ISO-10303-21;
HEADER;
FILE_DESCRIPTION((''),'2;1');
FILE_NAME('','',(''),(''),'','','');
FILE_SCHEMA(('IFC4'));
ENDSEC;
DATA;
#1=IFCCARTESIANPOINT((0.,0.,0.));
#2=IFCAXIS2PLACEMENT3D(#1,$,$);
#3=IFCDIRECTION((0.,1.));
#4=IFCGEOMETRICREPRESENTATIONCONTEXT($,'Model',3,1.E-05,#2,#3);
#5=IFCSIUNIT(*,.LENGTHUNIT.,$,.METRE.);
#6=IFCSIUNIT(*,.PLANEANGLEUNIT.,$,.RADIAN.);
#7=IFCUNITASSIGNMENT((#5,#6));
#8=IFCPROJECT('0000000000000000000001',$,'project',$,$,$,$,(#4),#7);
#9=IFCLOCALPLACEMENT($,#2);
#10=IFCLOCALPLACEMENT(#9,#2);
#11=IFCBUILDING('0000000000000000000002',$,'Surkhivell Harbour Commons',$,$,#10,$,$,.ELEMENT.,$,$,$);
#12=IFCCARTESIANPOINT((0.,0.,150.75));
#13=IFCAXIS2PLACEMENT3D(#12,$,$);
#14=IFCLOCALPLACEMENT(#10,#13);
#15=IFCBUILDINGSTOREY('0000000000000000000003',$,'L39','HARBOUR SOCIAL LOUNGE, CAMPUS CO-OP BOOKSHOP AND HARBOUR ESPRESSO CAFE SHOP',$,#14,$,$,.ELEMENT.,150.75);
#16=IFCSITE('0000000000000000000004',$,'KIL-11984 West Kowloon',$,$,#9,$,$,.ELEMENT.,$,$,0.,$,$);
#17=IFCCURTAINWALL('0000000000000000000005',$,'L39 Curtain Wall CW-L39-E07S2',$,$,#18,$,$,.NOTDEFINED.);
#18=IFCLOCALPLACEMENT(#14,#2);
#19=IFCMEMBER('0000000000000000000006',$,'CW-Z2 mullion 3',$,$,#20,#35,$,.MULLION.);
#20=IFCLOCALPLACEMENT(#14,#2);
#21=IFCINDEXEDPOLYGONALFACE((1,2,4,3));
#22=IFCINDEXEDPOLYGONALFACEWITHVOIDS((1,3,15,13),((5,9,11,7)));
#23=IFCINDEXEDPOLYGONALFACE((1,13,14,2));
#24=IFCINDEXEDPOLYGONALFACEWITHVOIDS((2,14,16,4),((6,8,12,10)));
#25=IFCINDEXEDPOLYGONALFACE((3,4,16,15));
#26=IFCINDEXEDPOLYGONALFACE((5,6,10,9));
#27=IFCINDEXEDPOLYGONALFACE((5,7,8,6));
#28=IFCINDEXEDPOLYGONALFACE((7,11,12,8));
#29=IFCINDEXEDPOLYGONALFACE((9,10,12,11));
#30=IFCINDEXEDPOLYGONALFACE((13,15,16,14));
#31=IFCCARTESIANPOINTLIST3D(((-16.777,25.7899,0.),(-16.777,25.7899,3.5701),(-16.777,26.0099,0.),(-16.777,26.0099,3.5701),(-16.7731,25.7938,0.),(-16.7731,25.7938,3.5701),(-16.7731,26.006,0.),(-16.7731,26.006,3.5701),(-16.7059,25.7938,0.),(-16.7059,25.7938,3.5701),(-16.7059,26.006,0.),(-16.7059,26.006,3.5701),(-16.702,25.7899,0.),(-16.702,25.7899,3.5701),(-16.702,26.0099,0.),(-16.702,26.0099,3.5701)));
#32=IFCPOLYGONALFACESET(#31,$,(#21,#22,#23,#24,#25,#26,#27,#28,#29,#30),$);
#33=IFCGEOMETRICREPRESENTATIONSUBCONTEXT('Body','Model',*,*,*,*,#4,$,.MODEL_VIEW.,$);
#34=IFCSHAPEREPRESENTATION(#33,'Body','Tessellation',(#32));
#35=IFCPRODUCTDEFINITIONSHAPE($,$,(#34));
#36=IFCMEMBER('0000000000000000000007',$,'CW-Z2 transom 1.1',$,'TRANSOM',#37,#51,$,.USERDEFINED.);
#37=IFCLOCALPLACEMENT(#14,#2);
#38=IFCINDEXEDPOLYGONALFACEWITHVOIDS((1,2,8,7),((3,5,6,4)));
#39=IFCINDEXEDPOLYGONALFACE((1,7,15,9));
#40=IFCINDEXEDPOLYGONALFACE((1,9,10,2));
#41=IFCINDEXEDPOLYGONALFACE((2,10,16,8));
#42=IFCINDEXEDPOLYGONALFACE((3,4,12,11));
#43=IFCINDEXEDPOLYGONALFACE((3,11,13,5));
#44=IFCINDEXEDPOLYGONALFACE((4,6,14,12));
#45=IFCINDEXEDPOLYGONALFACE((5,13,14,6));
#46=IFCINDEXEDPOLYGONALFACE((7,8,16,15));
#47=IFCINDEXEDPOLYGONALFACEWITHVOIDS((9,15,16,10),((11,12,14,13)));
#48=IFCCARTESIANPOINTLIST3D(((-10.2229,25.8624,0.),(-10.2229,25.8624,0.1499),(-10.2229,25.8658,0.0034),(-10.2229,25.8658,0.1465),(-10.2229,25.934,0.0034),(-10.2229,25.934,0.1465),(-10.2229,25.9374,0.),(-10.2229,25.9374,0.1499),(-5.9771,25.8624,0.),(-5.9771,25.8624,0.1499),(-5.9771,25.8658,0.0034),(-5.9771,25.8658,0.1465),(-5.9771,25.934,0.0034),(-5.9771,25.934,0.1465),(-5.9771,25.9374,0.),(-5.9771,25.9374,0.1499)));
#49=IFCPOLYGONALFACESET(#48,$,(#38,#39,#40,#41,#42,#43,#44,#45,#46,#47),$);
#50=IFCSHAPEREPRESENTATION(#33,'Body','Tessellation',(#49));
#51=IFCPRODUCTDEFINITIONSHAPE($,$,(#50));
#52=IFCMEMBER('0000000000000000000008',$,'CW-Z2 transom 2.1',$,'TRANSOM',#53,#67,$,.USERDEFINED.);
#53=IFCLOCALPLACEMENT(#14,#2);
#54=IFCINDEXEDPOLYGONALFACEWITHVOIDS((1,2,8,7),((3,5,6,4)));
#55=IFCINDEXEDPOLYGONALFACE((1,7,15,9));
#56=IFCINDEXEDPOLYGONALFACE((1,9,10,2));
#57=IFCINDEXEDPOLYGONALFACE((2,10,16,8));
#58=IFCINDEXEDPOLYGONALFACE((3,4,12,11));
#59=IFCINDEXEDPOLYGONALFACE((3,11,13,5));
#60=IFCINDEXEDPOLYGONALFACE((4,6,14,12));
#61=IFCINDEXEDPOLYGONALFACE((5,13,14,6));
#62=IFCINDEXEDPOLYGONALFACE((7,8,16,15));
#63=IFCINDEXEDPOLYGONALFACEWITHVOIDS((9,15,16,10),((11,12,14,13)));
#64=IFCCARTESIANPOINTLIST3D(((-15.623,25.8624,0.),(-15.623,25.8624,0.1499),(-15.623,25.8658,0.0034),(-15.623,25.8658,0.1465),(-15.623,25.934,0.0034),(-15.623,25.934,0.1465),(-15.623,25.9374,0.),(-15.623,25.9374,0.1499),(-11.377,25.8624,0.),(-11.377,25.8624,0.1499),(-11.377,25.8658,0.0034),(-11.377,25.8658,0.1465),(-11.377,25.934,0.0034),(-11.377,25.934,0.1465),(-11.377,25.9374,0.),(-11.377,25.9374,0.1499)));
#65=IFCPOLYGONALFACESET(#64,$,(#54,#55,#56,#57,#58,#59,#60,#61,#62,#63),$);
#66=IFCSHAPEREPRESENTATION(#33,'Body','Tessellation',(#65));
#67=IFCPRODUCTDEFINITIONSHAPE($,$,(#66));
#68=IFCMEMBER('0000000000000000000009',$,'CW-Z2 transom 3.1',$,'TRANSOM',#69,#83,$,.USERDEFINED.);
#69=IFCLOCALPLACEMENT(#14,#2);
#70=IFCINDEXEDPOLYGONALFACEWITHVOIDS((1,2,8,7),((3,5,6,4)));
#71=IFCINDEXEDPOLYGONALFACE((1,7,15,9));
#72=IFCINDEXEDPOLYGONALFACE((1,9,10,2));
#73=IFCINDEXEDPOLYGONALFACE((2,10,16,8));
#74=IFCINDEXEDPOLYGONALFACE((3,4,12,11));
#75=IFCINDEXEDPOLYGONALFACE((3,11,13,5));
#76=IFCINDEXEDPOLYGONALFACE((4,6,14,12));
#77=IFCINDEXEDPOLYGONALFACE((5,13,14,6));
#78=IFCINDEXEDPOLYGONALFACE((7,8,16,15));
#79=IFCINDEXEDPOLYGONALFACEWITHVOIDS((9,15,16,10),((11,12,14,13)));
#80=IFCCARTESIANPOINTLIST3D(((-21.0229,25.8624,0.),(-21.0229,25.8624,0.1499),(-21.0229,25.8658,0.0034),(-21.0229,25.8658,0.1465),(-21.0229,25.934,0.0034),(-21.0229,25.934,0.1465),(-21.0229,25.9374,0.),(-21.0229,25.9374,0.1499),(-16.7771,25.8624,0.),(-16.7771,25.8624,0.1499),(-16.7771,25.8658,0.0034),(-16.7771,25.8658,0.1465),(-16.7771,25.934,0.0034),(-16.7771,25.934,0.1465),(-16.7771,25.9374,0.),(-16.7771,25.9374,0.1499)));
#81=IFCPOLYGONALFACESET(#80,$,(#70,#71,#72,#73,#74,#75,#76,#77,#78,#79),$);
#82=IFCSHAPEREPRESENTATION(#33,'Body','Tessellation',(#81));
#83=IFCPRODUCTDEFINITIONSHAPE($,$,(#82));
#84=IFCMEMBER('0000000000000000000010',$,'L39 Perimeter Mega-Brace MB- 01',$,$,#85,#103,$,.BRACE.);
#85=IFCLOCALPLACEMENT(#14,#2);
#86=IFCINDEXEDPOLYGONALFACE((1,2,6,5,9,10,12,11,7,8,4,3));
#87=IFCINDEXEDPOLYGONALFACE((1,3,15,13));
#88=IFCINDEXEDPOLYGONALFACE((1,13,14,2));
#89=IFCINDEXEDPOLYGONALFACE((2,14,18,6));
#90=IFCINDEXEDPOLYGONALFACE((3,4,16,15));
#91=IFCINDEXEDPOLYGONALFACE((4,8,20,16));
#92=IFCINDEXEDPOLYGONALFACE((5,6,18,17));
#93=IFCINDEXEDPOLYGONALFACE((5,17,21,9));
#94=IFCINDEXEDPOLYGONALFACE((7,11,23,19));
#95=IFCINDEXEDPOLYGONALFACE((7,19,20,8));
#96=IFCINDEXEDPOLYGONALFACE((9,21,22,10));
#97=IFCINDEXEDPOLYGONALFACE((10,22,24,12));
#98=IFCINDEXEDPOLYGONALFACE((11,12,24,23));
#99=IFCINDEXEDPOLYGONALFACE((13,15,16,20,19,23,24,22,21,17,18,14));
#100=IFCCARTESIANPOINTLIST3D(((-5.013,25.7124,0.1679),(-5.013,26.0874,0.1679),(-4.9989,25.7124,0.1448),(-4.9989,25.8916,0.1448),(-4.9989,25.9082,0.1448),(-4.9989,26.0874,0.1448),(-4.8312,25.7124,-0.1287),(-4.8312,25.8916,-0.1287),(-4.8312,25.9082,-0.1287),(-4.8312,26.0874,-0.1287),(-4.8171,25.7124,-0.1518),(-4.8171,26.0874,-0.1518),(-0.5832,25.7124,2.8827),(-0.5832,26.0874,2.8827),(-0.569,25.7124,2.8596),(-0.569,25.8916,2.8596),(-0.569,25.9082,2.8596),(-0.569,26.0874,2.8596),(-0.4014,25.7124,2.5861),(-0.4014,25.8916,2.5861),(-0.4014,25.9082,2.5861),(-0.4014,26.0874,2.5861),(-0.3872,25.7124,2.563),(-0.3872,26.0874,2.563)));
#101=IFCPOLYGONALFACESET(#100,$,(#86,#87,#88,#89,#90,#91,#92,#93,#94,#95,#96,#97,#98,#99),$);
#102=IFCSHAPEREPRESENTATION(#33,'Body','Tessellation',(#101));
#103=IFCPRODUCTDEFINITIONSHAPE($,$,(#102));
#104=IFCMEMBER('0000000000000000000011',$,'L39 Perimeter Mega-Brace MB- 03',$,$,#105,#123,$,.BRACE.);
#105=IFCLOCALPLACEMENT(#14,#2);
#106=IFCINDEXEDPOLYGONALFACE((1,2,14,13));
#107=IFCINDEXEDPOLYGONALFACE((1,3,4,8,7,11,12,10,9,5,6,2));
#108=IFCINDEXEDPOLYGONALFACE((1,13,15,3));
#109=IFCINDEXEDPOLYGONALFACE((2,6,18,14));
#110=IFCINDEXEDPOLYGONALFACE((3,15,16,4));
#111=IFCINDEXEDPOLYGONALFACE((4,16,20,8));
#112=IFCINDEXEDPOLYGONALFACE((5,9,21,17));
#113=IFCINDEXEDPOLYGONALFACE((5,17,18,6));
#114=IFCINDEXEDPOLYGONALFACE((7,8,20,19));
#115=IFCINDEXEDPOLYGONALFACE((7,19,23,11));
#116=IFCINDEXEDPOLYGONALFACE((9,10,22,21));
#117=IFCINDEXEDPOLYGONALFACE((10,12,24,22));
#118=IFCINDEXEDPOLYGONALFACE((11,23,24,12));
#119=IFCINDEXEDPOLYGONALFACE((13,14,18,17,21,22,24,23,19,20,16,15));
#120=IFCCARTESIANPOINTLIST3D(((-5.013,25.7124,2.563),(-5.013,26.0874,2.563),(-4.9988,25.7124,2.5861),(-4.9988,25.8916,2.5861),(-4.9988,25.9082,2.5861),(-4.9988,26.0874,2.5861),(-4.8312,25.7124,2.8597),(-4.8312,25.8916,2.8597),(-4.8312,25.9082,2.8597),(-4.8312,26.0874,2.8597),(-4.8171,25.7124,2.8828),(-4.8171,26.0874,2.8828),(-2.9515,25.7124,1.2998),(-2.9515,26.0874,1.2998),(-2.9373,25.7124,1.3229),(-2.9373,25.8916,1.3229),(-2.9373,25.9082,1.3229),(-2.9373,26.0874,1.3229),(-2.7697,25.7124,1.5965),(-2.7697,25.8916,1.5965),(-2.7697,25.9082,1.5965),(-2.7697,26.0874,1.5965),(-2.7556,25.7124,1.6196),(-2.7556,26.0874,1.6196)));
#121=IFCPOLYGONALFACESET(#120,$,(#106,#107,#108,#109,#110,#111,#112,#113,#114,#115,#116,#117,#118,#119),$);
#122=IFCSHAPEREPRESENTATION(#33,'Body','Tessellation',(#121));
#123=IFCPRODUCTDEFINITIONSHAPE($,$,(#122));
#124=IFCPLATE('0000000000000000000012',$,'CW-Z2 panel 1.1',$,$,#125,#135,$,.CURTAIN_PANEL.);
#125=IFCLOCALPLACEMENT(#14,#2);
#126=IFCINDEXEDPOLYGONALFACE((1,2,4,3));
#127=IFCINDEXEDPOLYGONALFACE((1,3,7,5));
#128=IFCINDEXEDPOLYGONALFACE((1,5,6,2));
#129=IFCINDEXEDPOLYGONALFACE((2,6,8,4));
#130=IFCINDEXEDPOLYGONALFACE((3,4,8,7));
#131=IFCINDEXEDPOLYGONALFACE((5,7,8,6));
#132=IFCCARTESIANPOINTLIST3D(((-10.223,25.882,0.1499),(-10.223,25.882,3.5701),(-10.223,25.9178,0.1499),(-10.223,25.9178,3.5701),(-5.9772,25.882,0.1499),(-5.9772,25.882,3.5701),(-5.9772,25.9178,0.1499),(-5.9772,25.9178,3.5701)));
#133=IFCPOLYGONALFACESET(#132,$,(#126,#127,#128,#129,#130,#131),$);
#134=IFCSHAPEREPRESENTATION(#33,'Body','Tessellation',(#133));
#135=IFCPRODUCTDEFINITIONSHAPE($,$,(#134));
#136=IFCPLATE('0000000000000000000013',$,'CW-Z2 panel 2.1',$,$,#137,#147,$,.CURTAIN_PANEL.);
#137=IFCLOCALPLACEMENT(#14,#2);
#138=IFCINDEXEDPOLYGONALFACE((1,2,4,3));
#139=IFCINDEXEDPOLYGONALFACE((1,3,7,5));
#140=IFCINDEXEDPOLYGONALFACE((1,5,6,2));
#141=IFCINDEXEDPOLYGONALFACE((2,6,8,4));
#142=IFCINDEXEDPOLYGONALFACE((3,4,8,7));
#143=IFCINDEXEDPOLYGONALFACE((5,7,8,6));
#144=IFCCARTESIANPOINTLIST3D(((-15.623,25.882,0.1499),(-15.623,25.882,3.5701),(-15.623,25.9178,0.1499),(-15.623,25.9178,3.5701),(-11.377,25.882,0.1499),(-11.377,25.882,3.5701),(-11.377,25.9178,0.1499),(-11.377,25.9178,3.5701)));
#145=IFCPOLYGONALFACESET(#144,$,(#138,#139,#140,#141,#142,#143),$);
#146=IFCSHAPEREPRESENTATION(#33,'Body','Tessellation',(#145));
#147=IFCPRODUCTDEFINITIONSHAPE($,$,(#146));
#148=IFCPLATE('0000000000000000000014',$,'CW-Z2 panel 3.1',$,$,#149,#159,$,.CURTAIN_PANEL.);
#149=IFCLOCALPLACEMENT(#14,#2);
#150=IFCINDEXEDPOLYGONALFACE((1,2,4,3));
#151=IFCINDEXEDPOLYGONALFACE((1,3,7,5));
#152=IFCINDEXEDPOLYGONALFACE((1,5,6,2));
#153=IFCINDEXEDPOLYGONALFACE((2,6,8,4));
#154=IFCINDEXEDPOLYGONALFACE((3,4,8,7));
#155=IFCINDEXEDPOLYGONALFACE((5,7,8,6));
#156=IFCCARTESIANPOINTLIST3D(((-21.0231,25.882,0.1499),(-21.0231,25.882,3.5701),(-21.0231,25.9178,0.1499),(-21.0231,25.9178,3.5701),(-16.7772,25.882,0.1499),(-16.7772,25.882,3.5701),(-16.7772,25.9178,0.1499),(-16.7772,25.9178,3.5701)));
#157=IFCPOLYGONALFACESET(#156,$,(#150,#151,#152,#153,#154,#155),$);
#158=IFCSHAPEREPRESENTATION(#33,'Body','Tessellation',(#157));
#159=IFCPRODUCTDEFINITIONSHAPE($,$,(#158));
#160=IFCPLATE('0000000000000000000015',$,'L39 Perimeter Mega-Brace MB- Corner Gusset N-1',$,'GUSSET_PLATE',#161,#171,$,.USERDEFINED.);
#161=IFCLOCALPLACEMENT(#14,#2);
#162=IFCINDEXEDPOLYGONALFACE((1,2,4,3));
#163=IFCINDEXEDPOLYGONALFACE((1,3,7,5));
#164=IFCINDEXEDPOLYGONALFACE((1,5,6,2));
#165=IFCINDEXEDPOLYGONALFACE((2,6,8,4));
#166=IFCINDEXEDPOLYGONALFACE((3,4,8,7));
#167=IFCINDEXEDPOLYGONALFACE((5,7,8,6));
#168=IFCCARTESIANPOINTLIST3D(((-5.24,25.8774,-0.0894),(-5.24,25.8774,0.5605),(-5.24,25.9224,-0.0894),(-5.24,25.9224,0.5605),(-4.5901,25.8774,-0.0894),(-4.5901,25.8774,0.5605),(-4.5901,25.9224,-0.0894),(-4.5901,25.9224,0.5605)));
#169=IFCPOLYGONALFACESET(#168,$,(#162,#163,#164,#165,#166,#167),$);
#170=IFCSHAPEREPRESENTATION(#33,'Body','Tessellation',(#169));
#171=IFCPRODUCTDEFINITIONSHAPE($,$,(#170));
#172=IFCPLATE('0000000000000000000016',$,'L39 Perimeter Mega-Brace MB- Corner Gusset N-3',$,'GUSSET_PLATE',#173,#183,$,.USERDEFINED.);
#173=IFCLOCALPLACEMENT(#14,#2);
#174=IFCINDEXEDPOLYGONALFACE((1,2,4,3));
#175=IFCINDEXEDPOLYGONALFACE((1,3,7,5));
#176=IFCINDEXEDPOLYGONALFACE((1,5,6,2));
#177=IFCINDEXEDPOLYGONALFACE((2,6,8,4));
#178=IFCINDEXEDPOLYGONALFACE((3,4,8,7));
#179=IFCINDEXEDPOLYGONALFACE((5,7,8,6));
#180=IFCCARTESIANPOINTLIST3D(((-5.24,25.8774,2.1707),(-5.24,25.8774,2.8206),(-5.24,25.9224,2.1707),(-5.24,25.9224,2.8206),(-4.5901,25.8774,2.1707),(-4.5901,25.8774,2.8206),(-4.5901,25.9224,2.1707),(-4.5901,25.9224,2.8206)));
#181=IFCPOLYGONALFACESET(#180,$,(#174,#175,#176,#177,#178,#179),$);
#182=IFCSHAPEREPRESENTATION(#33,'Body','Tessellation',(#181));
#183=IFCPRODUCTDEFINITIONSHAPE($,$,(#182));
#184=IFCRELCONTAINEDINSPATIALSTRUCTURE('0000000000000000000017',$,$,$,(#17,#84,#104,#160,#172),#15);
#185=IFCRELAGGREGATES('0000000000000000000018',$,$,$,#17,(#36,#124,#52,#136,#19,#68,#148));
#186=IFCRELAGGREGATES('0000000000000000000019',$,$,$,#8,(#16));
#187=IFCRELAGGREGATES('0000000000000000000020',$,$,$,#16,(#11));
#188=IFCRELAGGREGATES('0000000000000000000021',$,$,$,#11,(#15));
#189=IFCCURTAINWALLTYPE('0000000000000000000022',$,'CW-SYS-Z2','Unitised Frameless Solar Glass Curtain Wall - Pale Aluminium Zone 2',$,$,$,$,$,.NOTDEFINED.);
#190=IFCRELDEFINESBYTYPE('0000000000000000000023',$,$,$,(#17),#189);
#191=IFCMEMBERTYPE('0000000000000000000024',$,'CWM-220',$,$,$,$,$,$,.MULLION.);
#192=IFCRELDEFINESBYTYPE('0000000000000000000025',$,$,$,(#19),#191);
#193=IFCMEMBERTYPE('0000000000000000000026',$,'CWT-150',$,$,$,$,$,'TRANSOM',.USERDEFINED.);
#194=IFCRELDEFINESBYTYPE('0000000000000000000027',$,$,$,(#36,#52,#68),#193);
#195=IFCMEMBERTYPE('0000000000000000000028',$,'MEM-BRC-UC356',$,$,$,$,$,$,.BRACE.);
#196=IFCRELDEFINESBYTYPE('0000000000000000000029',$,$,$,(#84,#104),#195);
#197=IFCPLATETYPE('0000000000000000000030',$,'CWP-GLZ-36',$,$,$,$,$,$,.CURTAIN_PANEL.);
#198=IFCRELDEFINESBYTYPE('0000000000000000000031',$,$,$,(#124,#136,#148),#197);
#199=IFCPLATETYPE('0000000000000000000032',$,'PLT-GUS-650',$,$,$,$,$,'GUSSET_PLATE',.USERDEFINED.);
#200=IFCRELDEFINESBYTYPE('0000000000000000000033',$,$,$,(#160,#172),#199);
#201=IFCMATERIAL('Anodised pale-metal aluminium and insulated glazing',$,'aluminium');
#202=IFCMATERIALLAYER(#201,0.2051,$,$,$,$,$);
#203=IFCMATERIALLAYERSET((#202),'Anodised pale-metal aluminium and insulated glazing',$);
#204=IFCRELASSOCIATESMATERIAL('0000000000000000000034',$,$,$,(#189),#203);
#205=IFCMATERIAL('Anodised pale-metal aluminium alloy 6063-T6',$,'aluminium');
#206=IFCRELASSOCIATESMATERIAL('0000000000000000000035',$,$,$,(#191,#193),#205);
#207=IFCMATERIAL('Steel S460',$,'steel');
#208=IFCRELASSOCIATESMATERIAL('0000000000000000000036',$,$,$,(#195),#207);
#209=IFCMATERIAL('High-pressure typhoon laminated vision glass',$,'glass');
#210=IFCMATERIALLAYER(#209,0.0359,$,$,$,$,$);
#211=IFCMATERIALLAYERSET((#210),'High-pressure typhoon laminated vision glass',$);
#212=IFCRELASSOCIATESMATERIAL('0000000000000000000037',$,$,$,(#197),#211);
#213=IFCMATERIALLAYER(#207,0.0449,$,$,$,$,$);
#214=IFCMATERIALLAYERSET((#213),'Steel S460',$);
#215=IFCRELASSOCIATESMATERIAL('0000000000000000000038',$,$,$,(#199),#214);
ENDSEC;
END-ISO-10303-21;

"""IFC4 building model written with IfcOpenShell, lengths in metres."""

from ifc_helpers import new_model, si_unit, direction, frame, frame_2d, origin, origin_2d, place, context, subcontext, project, spatial, rectangle, hollow_rectangle, i_section, extrude, material, layer, layer_set, material_profile, profile_set, type_object, element, aggregate, save


model = new_model("IFC4")

# Units and contexts
model_context = context("Model", 3, precision=1e-05, world=origin(), true_north=direction((0.0, 1.0)))
body_context = subcontext(model_context, "Body", "Model", "MODEL_VIEW")
ifc_project = project(units=[si_unit("LENGTHUNIT", "METRE"), si_unit("PLANEANGLEUNIT", "RADIAN")], contexts=[model_context])

# Site, building, storey
site_placement = place(None, origin())
site = spatial("IfcSite", under=ifc_project, at=site_placement, Name="KIL-11984 West Kowloon", CompositionType="ELEMENT", RefElevation=0.0)
building_placement = place(site_placement, origin())
building = spatial("IfcBuilding", under=site, at=building_placement, Name="Surkhivell Harbour Commons", CompositionType="ELEMENT")
storey_placement = place(building_placement, frame((0.0, 0.0, 150.75)))
storey = spatial("IfcBuildingStorey", under=building, at=storey_placement, Name="L39", Description="HARBOUR SOCIAL LOUNGE, CAMPUS CO-OP BOOKSHOP AND HARBOUR ESPRESSO CAFE SHOP", CompositionType="ELEMENT", Elevation=150.75)

# Shared definitions
ifc_material_1 = material(Name="Steel S460", Category="steel")

# Curtain wall, members
ifc_material_2 = material(Name="Anodised pale-metal aluminium and insulated glazing", Category="aluminium")
ifc_layer_1 = layer(ifc_material_2, 0.2051)
ifc_layer_set_1 = layer_set([ifc_layer_1], Name="Anodised pale-metal aluminium and insulated glazing")
curtain_wall_type = type_object("IfcCurtainWallType", Name="CW-SYS-Z2", Description="Unitised Frameless Solar Glass Curtain Wall - Pale Aluminium Zone 2", PredefinedType="NOTDEFINED", material=ifc_layer_set_1)
curtain_wall_placement = place(storey_placement, origin())
curtain_wall = element("IfcCurtainWall", 1, at=curtain_wall_placement, inside=storey, type_object=curtain_wall_type, Name="L39 Curtain Wall CW-L39-E07S2", PredefinedType="NOTDEFINED")
ifc_material_3 = material(Name="Anodised pale-metal aluminium alloy 6063-T6", Category="aluminium")
ifc_material_profile_1 = material_profile(ifc_material_3, hollow_rectangle(XDim=0.075, YDim=0.22, WallThickness=0.0039, at=origin_2d()), Name="ALU-MULL-75x220")
ifc_profile_set_1 = profile_set([ifc_material_profile_1], Name="Anodised pale-metal aluminium alloy 6063-T6")
member_type_1 = type_object("IfcMemberType", Name="CWM-220", PredefinedType="MULLION", material=ifc_profile_set_1)
member_1_placement = place(storey_placement, frame((-16.7395, 25.8999, 0.0), z_axis=(0.0, 0.0, 1.0), x_axis=(-1.0, 0.0, 0.0)))
member_1 = element("IfcMember", 2, at=member_1_placement, type_object=member_type_1, Name="CW-Z2 mullion 3", PredefinedType="MULLION", context=body_context, shape_type="SweptSolid", body=[
    extrude(hollow_rectangle(XDim=0.075, YDim=0.22, WallThickness=0.0039, at=origin_2d()), origin(), (0.0, 0.0, 1.0), 3.5701),
])
ifc_material_profile_2 = material_profile(ifc_material_3, hollow_rectangle(XDim=0.075, YDim=0.1499, WallThickness=0.0034, at=origin_2d()), Name="ALU-TRAN-75x150")
ifc_profile_set_2 = profile_set([ifc_material_profile_2], Name="Anodised pale-metal aluminium alloy 6063-T6")
member_type_2 = type_object("IfcMemberType", Name="CWT-150", ElementType="TRANSOM", PredefinedType="USERDEFINED", material=ifc_profile_set_2)
member_2_placement = place(storey_placement, frame((-5.9771, 25.8999, 0.075), z_axis=(-1.0, 0.0, 0.0), x_axis=(0.0, -1.0, 0.0)))
member_2 = element("IfcMember", 3, at=member_2_placement, type_object=member_type_2, Name="CW-Z2 transom 1.1", ObjectType="TRANSOM", PredefinedType="USERDEFINED", context=body_context, shape_type="SweptSolid", body=[
    extrude(hollow_rectangle(XDim=0.075, YDim=0.1499, WallThickness=0.0034, at=origin_2d()), origin(), (0.0, 0.0, 1.0), 4.2458),
])
member_3_placement = place(storey_placement, frame((-11.377, 25.8999, 0.075), z_axis=(-1.0, 0.0, 0.0), x_axis=(0.0, -1.0, 0.0)))
member_3 = element("IfcMember", 4, at=member_3_placement, type_object=member_type_2, Name="CW-Z2 transom 2.1", ObjectType="TRANSOM", PredefinedType="USERDEFINED", context=body_context, shape_type="SweptSolid", body=[
    extrude(hollow_rectangle(XDim=0.075, YDim=0.1499, WallThickness=0.0034, at=origin_2d()), origin(), (0.0, 0.0, 1.0), 4.2461),
])
member_4_placement = place(storey_placement, frame((-16.7771, 25.8999, 0.075), z_axis=(-1.0, 0.0, 0.0), x_axis=(0.0, -1.0, 0.0)))
member_4 = element("IfcMember", 5, at=member_4_placement, type_object=member_type_2, Name="CW-Z2 transom 3.1", ObjectType="TRANSOM", PredefinedType="USERDEFINED", context=body_context, shape_type="SweptSolid", body=[
    extrude(hollow_rectangle(XDim=0.075, YDim=0.1499, WallThickness=0.0034, at=origin_2d()), origin(), (0.0, 0.0, 1.0), 4.2458),
])

# Members
ifc_material_profile_3 = material_profile(ifc_material_1, i_section(OverallWidth=0.375, OverallDepth=0.375, WebThickness=0.0166, FlangeThickness=0.0271, at=origin_2d()), Name="UC356x368x202")
ifc_profile_set_3 = profile_set([ifc_material_profile_3], Name="Steel S460")
member_type_3 = type_object("IfcMemberType", Name="MEM-BRC-UC356", PredefinedType="BRACE", material=ifc_profile_set_3)
member_5_placement = place(storey_placement, frame((-4.915, 25.8999, 0.0081), z_axis=(0.852625, 0.0, 0.522523), x_axis=(0.0, 1.0, 0.0)))
element("IfcMember", 6, at=member_5_placement, inside=storey, type_object=member_type_3, Name="L39 Perimeter Mega-Brace MB- 01", PredefinedType="BRACE", context=body_context, shape_type="SweptSolid", body=[
    extrude(i_section(OverallWidth=0.375, OverallDepth=0.375, WebThickness=0.0166, FlangeThickness=0.0271, at=origin_2d()), origin(), (0.0, 0.0, 1.0), 5.1956),
])
member_6_placement = place(storey_placement, frame((-2.8535, 25.8999, 1.4597), z_axis=(-0.852662, 0.0, 0.522463), x_axis=(0.0, -1.0, 0.0)))
element("IfcMember", 7, at=member_6_placement, inside=storey, type_object=member_type_3, Name="L39 Perimeter Mega-Brace MB- 03", PredefinedType="BRACE", context=body_context, shape_type="SweptSolid", body=[
    extrude(i_section(OverallWidth=0.375, OverallDepth=0.375, WebThickness=0.0166, FlangeThickness=0.0271, at=origin_2d()), origin(), (0.0, 0.0, 1.0), 2.4177),
])

# Plates
ifc_material_4 = material(Name="High-pressure typhoon laminated vision glass", Category="glass")
ifc_layer_2 = layer(ifc_material_4, 0.0359)
ifc_layer_set_2 = layer_set([ifc_layer_2], Name="High-pressure typhoon laminated vision glass")
plate_type_1 = type_object("IfcPlateType", Name="CWP-GLZ-36", PredefinedType="CURTAIN_PANEL", material=ifc_layer_set_2)
plate_1_placement = place(storey_placement, frame((-5.9771, 25.8999, 0.1499), z_axis=(0.0, 0.0, 1.0), x_axis=(-1.0, 0.0, 0.0)))
plate_1 = element("IfcPlate", 8, at=plate_1_placement, type_object=plate_type_1, Name="CW-Z2 panel 1.1", PredefinedType="CURTAIN_PANEL", context=body_context, shape_type="SweptSolid", body=[
    extrude(rectangle(XDim=4.2458, YDim=0.0359, at=frame_2d((2.123, 0.0))), origin(), (0.0, 0.0, 1.0), 3.4202),
])
plate_2_placement = place(storey_placement, frame((-11.377, 25.8999, 0.1499), z_axis=(0.0, 0.0, 1.0), x_axis=(-1.0, 0.0, 0.0)))
plate_2 = element("IfcPlate", 9, at=plate_2_placement, type_object=plate_type_1, Name="CW-Z2 panel 2.1", PredefinedType="CURTAIN_PANEL", context=body_context, shape_type="SweptSolid", body=[
    extrude(rectangle(XDim=4.2461, YDim=0.0359, at=frame_2d((2.123, 0.0))), origin(), (0.0, 0.0, 1.0), 3.4202),
])
plate_3_placement = place(storey_placement, frame((-16.7771, 25.8999, 0.1499), z_axis=(0.0, 0.0, 1.0), x_axis=(-1.0, 0.0, 0.0)))
plate_3 = element("IfcPlate", 10, at=plate_3_placement, type_object=plate_type_1, Name="CW-Z2 panel 3.1", PredefinedType="CURTAIN_PANEL", context=body_context, shape_type="SweptSolid", body=[
    extrude(rectangle(XDim=4.2458, YDim=0.0359, at=frame_2d((2.123, 0.0))), origin(), (0.0, 0.0, 1.0), 3.4202),
])
aggregate(curtain_wall, [member_2, plate_1, member_3, plate_2, member_1, member_4, plate_3])

# Plates
ifc_layer_3 = layer(ifc_material_1, 0.0449)
ifc_layer_set_3 = layer_set([ifc_layer_3], Name="Steel S460")
plate_type_2 = type_object("IfcPlateType", Name="PLT-GUS-650", ElementType="GUSSET_PLATE", PredefinedType="USERDEFINED", material=ifc_layer_set_3)
for number, where, z_axis, x_axis, name in (
    (11, (-4.915, 25.8999, -0.0894), (0.0, 0.0, 1.0), (1.0, 0.0, 0.0), "L39 Perimeter Mega-Brace MB- Corner Gusset N-1"),
    (12, (-4.915, 25.8999, 2.1707), (0.0, 0.0, 1.0), (1.0, 0.0, 0.0), "L39 Perimeter Mega-Brace MB- Corner Gusset N-3"),
):
    element("IfcPlate", number, at=place(storey_placement, frame(where, z_axis=z_axis, x_axis=x_axis)), inside=storey, type_object=plate_type_2, Name=name, ObjectType="GUSSET_PLATE", PredefinedType="USERDEFINED", context=body_context, shape_type="SweptSolid", body=[
        extrude(rectangle(XDim=0.6499, YDim=0.0449, at=origin_2d()), origin(), (0.0, 0.0, 1.0), 0.6499),
    ])

save(model, "model.ifc")
